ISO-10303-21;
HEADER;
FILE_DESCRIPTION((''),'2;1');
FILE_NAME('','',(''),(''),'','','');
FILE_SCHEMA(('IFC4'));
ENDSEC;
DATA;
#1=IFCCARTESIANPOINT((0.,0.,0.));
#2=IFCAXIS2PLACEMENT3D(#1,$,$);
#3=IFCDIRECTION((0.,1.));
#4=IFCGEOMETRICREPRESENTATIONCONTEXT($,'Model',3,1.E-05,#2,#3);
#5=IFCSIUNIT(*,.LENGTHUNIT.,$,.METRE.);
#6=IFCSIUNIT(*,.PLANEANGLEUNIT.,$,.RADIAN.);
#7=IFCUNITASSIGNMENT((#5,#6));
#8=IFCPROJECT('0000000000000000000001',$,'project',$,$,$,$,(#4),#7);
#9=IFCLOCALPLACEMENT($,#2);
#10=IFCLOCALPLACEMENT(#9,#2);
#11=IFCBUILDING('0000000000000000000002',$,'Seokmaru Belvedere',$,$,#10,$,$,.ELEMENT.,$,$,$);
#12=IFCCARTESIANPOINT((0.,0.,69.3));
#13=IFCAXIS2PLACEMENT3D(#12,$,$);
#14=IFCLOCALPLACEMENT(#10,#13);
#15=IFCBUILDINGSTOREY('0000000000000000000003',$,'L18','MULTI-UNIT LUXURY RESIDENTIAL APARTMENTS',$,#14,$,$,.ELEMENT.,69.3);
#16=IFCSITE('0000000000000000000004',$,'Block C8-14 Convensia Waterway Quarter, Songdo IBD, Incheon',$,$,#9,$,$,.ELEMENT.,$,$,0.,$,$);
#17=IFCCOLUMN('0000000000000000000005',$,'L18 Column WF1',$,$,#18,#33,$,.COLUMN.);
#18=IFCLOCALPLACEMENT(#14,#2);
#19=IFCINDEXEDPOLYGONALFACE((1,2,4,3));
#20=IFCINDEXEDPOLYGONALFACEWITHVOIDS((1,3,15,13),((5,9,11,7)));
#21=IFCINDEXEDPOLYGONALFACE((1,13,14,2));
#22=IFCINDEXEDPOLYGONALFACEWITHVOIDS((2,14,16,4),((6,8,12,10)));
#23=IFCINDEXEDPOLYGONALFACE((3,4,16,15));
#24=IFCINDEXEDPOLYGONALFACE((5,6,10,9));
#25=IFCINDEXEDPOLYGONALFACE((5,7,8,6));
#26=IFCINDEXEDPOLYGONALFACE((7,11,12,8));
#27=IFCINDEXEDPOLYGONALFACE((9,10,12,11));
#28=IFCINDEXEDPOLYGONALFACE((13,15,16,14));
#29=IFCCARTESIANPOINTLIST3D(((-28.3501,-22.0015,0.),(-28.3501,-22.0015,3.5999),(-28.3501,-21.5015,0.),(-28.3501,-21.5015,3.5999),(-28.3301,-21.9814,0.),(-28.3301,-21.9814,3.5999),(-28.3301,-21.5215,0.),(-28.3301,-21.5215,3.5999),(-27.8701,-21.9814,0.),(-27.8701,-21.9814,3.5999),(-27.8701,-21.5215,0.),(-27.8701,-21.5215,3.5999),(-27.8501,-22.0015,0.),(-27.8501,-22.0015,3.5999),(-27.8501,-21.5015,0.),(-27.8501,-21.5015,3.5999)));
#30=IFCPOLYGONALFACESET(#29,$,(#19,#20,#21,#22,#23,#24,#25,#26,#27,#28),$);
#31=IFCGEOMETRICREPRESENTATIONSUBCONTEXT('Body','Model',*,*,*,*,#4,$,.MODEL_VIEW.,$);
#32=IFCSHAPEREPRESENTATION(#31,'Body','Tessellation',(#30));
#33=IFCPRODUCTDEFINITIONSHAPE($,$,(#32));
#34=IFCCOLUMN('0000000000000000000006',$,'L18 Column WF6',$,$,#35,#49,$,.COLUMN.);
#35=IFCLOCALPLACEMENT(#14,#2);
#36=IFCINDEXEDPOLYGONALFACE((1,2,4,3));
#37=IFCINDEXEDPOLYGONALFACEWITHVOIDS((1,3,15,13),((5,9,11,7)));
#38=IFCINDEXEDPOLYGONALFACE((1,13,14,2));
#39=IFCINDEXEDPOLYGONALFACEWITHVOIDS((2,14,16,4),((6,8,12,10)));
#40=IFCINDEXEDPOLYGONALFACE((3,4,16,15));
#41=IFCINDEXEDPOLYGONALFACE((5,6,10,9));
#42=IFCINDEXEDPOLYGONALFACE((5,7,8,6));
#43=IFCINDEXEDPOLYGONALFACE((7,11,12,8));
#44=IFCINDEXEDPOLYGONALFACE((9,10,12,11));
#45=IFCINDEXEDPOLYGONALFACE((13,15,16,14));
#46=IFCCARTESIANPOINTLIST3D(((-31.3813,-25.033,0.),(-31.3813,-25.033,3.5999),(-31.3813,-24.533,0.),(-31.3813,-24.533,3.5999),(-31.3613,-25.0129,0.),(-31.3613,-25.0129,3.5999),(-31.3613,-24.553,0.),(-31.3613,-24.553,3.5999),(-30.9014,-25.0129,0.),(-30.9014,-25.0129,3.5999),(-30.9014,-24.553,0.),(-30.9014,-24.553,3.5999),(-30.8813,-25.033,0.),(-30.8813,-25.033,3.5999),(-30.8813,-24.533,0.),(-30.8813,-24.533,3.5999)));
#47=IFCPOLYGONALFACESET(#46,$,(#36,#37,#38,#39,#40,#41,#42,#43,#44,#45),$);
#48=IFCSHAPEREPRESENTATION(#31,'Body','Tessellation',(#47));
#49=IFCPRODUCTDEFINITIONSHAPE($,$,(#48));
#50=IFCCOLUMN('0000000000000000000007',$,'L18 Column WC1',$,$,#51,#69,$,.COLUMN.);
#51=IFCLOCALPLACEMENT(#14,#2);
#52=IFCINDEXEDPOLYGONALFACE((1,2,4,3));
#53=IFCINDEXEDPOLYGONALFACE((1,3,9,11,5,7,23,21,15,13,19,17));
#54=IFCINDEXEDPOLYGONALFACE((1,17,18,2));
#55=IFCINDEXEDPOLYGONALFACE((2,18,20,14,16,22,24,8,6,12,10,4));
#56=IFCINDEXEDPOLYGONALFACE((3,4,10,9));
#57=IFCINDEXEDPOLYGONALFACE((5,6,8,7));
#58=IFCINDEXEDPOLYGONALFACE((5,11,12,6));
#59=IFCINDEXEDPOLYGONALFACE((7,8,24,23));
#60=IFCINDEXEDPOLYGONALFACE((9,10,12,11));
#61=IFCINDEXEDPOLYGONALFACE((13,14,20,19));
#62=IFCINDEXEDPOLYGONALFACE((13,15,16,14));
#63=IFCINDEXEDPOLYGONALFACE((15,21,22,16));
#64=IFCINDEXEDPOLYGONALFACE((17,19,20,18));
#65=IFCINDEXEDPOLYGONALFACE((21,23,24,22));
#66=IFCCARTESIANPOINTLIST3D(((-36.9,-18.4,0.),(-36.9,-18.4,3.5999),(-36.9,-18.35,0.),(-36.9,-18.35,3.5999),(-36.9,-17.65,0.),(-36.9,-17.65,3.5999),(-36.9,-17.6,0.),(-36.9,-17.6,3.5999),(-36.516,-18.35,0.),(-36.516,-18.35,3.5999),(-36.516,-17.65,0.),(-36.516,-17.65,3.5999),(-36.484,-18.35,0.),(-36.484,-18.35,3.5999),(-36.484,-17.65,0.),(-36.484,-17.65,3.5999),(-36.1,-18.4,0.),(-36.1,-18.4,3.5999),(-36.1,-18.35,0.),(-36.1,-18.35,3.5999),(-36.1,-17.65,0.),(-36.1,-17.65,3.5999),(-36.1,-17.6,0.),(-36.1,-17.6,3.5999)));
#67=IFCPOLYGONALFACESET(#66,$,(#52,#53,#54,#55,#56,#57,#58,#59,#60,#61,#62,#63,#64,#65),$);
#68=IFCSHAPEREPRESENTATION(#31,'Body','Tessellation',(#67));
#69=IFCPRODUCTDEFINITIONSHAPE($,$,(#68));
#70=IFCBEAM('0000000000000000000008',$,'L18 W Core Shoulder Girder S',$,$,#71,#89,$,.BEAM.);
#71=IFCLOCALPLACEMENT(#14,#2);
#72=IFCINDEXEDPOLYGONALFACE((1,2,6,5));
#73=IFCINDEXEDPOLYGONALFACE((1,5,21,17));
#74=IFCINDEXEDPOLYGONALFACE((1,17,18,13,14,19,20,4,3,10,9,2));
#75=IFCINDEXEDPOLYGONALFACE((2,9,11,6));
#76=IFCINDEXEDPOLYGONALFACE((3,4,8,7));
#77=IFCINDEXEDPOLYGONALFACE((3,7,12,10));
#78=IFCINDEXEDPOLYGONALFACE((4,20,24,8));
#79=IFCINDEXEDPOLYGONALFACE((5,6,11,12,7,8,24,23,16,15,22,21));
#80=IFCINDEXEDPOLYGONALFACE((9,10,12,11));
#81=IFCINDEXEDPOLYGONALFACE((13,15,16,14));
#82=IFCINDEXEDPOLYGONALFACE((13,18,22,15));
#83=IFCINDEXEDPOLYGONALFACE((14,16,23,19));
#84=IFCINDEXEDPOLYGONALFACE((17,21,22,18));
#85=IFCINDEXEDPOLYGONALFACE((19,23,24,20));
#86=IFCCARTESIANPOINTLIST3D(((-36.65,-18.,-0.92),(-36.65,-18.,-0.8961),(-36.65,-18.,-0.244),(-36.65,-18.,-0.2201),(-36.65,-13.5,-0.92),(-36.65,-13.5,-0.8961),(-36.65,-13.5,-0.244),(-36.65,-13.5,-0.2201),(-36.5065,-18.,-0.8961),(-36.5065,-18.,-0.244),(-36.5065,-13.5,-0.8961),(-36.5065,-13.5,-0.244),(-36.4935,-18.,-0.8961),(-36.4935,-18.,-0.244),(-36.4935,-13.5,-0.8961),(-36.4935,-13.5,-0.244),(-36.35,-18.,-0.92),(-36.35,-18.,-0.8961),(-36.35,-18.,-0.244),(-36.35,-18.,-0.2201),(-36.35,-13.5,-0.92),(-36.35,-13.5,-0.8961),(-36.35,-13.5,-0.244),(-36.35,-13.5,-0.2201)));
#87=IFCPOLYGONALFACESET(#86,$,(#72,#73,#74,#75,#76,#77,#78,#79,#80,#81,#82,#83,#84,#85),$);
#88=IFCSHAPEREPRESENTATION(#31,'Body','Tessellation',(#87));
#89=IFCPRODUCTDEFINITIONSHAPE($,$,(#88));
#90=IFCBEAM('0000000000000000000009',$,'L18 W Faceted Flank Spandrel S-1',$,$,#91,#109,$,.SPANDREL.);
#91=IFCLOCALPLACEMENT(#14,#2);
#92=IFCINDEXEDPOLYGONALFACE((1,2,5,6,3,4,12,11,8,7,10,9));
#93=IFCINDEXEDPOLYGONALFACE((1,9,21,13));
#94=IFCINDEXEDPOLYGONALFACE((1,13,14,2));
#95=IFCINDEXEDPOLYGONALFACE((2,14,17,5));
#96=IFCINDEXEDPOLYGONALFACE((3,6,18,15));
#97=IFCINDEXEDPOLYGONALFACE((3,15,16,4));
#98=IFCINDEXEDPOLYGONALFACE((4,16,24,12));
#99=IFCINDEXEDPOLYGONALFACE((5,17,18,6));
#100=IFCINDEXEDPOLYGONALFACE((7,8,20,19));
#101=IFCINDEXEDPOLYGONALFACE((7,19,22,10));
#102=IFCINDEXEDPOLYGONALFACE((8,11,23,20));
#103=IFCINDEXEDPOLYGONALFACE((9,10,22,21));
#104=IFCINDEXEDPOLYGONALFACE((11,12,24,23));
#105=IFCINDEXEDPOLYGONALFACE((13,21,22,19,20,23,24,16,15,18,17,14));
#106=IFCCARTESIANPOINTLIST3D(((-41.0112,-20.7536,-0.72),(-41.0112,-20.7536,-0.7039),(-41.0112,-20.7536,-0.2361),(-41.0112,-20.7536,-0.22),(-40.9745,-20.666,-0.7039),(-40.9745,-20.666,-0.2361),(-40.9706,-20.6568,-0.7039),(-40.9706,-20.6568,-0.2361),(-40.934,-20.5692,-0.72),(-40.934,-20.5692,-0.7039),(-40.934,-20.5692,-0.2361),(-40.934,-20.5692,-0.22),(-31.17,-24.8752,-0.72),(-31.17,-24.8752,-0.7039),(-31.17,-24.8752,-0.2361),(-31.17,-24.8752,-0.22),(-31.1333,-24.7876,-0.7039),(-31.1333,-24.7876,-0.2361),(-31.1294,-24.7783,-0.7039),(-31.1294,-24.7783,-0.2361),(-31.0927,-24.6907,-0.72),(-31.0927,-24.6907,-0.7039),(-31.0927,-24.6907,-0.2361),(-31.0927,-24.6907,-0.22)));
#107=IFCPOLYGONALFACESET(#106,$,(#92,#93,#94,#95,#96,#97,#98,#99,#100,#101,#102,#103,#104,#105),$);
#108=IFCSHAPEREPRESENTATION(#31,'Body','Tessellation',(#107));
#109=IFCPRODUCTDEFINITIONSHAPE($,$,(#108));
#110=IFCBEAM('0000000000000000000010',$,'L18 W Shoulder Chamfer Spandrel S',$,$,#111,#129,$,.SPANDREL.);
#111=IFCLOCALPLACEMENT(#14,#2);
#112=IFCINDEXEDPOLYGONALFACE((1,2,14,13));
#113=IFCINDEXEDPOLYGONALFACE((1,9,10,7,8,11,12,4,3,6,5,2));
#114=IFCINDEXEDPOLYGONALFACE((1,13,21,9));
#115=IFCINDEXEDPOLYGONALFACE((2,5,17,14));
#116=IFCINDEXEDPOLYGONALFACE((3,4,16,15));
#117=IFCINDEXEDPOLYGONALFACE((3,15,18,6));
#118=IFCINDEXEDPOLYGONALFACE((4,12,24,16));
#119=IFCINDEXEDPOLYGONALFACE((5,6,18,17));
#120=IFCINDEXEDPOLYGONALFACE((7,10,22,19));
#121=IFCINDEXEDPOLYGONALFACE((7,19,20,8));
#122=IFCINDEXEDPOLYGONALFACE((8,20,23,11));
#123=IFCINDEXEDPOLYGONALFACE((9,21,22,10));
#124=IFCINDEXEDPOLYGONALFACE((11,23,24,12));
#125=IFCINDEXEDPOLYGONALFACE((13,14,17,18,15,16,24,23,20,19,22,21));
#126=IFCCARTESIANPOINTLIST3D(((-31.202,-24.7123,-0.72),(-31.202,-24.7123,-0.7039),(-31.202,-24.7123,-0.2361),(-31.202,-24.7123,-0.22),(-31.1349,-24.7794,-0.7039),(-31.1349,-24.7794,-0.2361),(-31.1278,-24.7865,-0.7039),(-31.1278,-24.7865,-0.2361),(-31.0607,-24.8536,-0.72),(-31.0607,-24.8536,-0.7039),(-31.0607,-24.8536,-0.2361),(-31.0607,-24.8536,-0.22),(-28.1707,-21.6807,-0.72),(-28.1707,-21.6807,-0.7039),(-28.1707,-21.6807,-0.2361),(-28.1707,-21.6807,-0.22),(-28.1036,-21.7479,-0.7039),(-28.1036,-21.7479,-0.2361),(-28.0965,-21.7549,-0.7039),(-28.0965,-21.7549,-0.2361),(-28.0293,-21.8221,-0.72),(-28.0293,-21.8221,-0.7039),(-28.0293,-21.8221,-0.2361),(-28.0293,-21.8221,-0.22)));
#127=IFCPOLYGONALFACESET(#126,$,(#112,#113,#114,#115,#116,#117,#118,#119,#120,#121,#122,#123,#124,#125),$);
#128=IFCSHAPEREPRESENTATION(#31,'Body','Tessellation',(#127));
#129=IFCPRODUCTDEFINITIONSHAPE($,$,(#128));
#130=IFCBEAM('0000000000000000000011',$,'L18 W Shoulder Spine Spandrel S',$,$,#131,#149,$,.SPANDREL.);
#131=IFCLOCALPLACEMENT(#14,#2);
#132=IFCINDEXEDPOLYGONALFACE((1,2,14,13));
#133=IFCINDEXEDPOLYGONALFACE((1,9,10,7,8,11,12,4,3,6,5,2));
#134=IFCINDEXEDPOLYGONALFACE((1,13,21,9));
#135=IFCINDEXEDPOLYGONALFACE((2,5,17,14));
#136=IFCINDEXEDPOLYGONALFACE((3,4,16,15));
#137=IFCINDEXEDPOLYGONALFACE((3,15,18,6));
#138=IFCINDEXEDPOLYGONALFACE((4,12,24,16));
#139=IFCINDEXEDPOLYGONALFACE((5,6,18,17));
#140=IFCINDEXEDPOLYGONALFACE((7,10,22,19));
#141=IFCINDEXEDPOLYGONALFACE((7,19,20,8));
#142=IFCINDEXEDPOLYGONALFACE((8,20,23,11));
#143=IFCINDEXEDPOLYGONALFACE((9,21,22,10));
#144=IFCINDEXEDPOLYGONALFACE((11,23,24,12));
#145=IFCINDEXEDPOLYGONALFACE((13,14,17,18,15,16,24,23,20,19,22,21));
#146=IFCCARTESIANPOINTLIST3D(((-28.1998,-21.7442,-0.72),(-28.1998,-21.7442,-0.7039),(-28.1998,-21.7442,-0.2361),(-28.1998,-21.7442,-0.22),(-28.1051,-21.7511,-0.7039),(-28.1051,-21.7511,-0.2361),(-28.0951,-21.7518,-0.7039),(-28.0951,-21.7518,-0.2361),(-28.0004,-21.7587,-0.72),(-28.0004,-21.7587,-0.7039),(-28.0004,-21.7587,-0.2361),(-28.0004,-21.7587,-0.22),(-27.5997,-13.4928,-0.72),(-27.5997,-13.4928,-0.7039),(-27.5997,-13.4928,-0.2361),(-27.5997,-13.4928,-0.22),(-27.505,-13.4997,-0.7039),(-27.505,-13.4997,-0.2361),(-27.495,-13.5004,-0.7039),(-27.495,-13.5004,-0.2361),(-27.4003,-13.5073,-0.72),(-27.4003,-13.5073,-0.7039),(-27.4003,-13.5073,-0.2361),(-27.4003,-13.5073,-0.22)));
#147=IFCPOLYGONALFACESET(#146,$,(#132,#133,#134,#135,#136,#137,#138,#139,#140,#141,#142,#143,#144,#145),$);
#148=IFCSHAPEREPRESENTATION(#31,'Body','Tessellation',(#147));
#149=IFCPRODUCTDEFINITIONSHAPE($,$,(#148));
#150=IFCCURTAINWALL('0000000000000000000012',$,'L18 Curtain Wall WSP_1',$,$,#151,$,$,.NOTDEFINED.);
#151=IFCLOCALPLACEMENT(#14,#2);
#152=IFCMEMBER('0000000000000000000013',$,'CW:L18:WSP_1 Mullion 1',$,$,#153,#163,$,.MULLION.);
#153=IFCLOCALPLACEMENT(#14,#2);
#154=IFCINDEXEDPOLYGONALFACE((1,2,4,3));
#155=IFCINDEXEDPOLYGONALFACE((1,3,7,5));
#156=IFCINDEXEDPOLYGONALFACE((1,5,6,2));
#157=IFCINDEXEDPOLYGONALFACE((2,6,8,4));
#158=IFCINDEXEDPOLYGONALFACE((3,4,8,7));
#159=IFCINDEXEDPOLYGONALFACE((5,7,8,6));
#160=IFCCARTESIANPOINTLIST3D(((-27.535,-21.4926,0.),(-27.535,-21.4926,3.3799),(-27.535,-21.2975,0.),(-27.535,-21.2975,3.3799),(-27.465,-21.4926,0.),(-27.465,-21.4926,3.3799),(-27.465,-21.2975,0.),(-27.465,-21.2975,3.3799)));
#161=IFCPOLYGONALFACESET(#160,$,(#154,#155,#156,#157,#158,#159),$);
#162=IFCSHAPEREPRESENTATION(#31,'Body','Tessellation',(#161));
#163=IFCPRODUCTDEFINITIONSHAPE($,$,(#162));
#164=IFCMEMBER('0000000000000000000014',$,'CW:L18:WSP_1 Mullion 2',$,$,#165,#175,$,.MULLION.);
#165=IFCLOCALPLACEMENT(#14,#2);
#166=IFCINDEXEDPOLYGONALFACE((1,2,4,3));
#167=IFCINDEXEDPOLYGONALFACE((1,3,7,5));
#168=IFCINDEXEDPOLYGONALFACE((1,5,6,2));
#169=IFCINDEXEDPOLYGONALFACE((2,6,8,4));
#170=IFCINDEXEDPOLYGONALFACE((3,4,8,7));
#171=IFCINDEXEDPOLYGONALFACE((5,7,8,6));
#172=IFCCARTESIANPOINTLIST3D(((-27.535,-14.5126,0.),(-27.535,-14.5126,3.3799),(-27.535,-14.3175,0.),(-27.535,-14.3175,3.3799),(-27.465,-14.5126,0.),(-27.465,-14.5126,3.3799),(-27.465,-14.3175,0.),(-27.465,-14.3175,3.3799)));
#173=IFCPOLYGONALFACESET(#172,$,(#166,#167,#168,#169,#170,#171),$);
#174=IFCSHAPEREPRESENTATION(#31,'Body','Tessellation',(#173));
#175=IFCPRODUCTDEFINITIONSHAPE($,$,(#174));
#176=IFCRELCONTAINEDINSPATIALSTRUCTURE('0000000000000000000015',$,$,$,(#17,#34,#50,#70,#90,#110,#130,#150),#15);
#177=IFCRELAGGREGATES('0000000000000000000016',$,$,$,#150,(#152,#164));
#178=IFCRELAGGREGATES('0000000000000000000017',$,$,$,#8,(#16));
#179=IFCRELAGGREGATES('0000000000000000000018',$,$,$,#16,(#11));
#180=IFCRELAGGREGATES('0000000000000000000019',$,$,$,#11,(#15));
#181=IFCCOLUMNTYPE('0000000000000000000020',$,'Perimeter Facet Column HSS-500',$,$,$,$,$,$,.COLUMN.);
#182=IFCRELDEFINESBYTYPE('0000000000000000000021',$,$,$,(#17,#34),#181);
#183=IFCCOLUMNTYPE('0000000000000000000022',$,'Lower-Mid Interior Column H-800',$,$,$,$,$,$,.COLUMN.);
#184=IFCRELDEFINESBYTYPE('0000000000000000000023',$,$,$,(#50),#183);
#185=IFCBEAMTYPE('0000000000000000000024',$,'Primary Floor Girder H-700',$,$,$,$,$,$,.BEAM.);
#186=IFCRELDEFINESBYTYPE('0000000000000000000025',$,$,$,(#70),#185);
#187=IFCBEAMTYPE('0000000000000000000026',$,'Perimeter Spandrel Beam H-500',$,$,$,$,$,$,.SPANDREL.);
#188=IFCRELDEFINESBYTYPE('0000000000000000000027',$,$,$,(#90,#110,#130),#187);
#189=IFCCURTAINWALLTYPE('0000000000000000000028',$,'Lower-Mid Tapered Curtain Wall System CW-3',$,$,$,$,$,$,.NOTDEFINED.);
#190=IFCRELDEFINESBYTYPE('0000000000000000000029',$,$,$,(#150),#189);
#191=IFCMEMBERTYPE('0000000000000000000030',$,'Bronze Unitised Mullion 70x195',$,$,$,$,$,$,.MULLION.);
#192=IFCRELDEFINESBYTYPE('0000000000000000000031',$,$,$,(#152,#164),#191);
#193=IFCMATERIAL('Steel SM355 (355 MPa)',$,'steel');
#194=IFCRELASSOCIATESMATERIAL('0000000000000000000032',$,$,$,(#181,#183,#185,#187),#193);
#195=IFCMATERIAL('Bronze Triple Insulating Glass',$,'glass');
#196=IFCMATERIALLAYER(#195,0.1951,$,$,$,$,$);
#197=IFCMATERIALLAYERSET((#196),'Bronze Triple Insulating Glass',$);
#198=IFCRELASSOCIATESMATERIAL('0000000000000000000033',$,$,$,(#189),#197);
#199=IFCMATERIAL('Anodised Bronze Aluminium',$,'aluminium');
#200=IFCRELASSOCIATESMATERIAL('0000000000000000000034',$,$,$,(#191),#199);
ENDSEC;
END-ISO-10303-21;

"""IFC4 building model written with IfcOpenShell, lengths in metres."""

from ifc_helpers import new_model, si_unit, direction, frame, origin, origin_2d, place, context, subcontext, project, spatial, rectangle, hollow_rectangle, i_section, extrude, source, transform, mapped, material, layer, layer_set, material_profile, profile_set, type_object, type_shapes, element, aggregate, save


model = new_model("IFC4")

# Units and contexts
model_context = context("Model", 3, precision=1e-05, world=origin(), true_north=direction((0.0, 1.0)))
body_context = subcontext(model_context, "Body", "Model", "MODEL_VIEW")
ifc_project = project(units=[si_unit("LENGTHUNIT", "METRE"), si_unit("PLANEANGLEUNIT", "RADIAN")], contexts=[model_context])

# Site, building, storey
site_placement = place(None, origin())
site = spatial("IfcSite", under=ifc_project, at=site_placement, Name="Block C8-14 Convensia Waterway Quarter, Songdo IBD, Incheon", CompositionType="ELEMENT", RefElevation=0.0)
building_placement = place(site_placement, origin())
building = spatial("IfcBuilding", under=site, at=building_placement, Name="Seokmaru Belvedere", CompositionType="ELEMENT")
storey_placement = place(building_placement, frame((0.0, 0.0, 69.3)))
storey = spatial("IfcBuildingStorey", under=building, at=storey_placement, Name="L18", Description="MULTI-UNIT LUXURY RESIDENTIAL APARTMENTS", CompositionType="ELEMENT", Elevation=69.3)

# Columns
ifc_material_1 = material(Name="Steel SM355 (355 MPa)", Category="steel")
ifc_material_profile_1 = material_profile(ifc_material_1, hollow_rectangle(XDim=0.5, YDim=0.5, WallThickness=0.02, at=origin_2d()), Name="HSS-500x500x20")
ifc_profile_set_1 = profile_set([ifc_material_profile_1], Name="Steel SM355 (355 MPa)")
column_type_1 = type_object("IfcColumnType", Name="Perimeter Facet Column HSS-500", PredefinedType="COLUMN", material=ifc_profile_set_1)
shared_shape_1 = source(origin(), body_context, "Body", "SweptSolid", [
    extrude(hollow_rectangle(XDim=0.5, YDim=0.5, WallThickness=0.02, at=origin_2d()), origin(), (0.0, 0.0, 1.0), 3.5999),
])
type_shapes(column_type_1, [shared_shape_1])
for number, where, z_axis, x_axis, name in (
    (1, (-28.1001, -21.7515, 0.0), (0.0, 0.0, 1.0), (1.0, 0.0, 0.0), "L18 Column WF1"),
    (2, (-31.1313, -24.783, 0.0), (0.0, 0.0, 1.0), (1.0, 0.0, 0.0), "L18 Column WF6"),
):
    element("IfcColumn", number, at=place(storey_placement, frame(where, z_axis=z_axis, x_axis=x_axis)), inside=storey, type_object=column_type_1, Name=name, PredefinedType="COLUMN", context=body_context, shape_type="MappedRepresentation", body=[
        mapped(shared_shape_1, transform((0.0, 0.0, 0.0), scale=1.0)),
    ])
ifc_material_profile_2 = material_profile(ifc_material_1, i_section(OverallWidth=0.8, OverallDepth=0.8, WebThickness=0.032, FlangeThickness=0.05, at=origin_2d()), Name="H-800x800x32x50")
ifc_profile_set_2 = profile_set([ifc_material_profile_2], Name="Steel SM355 (355 MPa)")
column_type_2 = type_object("IfcColumnType", Name="Lower-Mid Interior Column H-800", PredefinedType="COLUMN", material=ifc_profile_set_2)
shared_shape_2 = source(origin(), body_context, "Body", "SweptSolid", [
    extrude(i_section(OverallWidth=0.8, OverallDepth=0.8, WebThickness=0.032, FlangeThickness=0.05, at=origin_2d()), origin(), (0.0, 0.0, 1.0), 3.5999),
])
type_shapes(column_type_2, [shared_shape_2])
column_placement = place(storey_placement, frame((-36.5, -18.0, 0.0), z_axis=(0.0, 0.0, 1.0), x_axis=(1.0, 0.0, 0.0)))
element("IfcColumn", 3, at=column_placement, inside=storey, type_object=column_type_2, Name="L18 Column WC1", PredefinedType="COLUMN", context=body_context, shape_type="MappedRepresentation", body=[
    mapped(shared_shape_2, transform((0.0, 0.0, 0.0), scale=1.0)),
])

# Beams
ifc_material_profile_3 = material_profile(ifc_material_1, i_section(OverallWidth=0.3, OverallDepth=0.7, WebThickness=0.0129, FlangeThickness=0.0239, at=origin_2d()), Name="H-700x300x13x24")
ifc_profile_set_3 = profile_set([ifc_material_profile_3], Name="Steel SM355 (355 MPa)")
beam_type_1 = type_object("IfcBeamType", Name="Primary Floor Girder H-700", PredefinedType="BEAM", material=ifc_profile_set_3)
shared_shape_3 = source(origin(), body_context, "Body", "SweptSolid", [
    extrude(i_section(OverallWidth=0.3, OverallDepth=0.7, WebThickness=0.0129, FlangeThickness=0.0239, at=origin_2d()), origin(), (0.0, 0.0, 1.0), 4.5),
])
type_shapes(beam_type_1, [shared_shape_3])
beam_1_placement = place(storey_placement, frame((-36.5, -18.0, -0.5701), z_axis=(0.0, 1.0, 0.0), x_axis=(-1.0, 0.0, 0.0)))
element("IfcBeam", 4, at=beam_1_placement, inside=storey, type_object=beam_type_1, Name="L18 W Core Shoulder Girder S", PredefinedType="BEAM", context=body_context, shape_type="MappedRepresentation", body=[
    mapped(shared_shape_3, transform((0.0, 0.0, 0.0), scale=1.0)),
])
ifc_material_profile_4 = material_profile(ifc_material_1, i_section(OverallWidth=0.2, OverallDepth=0.5, WebThickness=0.01, FlangeThickness=0.0161, at=origin_2d()), Name="H-500x200x10x16")
ifc_profile_set_4 = profile_set([ifc_material_profile_4], Name="Steel SM355 (355 MPa)")
beam_type_2 = type_object("IfcBeamType", Name="Perimeter Spandrel Beam H-500", PredefinedType="SPANDREL", material=ifc_profile_set_4)
shared_shape_4 = source(origin(), body_context, "Body", "SweptSolid", [
    extrude(i_section(OverallWidth=0.2, OverallDepth=0.5, WebThickness=0.01, FlangeThickness=0.0161, at=origin_2d()), origin(), (0.0, 0.0, 1.0), 10.6694),
])
beam_2_placement = place(storey_placement, frame((-31.1313, -24.783, -0.47), z_axis=(-0.922375, 0.386295, 0.0), x_axis=(-0.386295, -0.922375, 0.0)))
element("IfcBeam", 5, at=beam_2_placement, inside=storey, type_object=beam_type_2, Name="L18 W Faceted Flank Spandrel S-1", PredefinedType="SPANDREL", context=body_context, shape_type="MappedRepresentation", body=[
    mapped(shared_shape_4, transform((0.0, 0.0, 0.0), scale=1.0)),
])
shared_shape_5 = source(origin(), body_context, "Body", "SweptSolid", [
    extrude(i_section(OverallWidth=0.2, OverallDepth=0.5, WebThickness=0.01, FlangeThickness=0.0161, at=origin_2d()), origin(), (0.0, 0.0, 1.0), 4.2871),
])
beam_3_placement = place(storey_placement, frame((-31.1313, -24.783, -0.47), z_axis=(0.707078, 0.707135, 0.0), x_axis=(-0.707135, 0.707078, 0.0)))
element("IfcBeam", 6, at=beam_3_placement, inside=storey, type_object=beam_type_2, Name="L18 W Shoulder Chamfer Spandrel S", PredefinedType="SPANDREL", context=body_context, shape_type="MappedRepresentation", body=[
    mapped(shared_shape_5, transform((0.0, 0.0, 0.0), scale=1.0)),
])
shared_shape_6 = source(origin(), body_context, "Body", "SweptSolid", [
    extrude(i_section(OverallWidth=0.2, OverallDepth=0.5, WebThickness=0.01, FlangeThickness=0.0161, at=origin_2d()), origin(), (0.0, 0.0, 1.0), 8.2732),
])
type_shapes(beam_type_2, [shared_shape_4, shared_shape_5, shared_shape_6])
beam_4_placement = place(storey_placement, frame((-28.1001, -21.7515, -0.47), z_axis=(0.072535, 0.997366, 0.0), x_axis=(-0.997366, 0.072535, 0.0)))
element("IfcBeam", 7, at=beam_4_placement, inside=storey, type_object=beam_type_2, Name="L18 W Shoulder Spine Spandrel S", PredefinedType="SPANDREL", context=body_context, shape_type="MappedRepresentation", body=[
    mapped(shared_shape_6, transform((0.0, 0.0, 0.0), scale=1.0)),
])

# Curtain wall, members
ifc_material_2 = material(Name="Bronze Triple Insulating Glass", Category="glass")
ifc_layer_1 = layer(ifc_material_2, 0.1951)
ifc_layer_set_1 = layer_set([ifc_layer_1], Name="Bronze Triple Insulating Glass")
curtain_wall_type = type_object("IfcCurtainWallType", Name="Lower-Mid Tapered Curtain Wall System CW-3", PredefinedType="NOTDEFINED", material=ifc_layer_set_1)
curtain_wall_1_placement = place(storey_placement, origin())
curtain_wall_1 = element("IfcCurtainWall", 8, at=curtain_wall_1_placement, inside=storey, type_object=curtain_wall_type, Name="L18 Curtain Wall WSP_1", PredefinedType="NOTDEFINED")
ifc_material_3 = material(Name="Anodised Bronze Aluminium", Category="aluminium")
ifc_material_profile_5 = material_profile(ifc_material_3, rectangle(XDim=0.0701, YDim=0.1951, at=origin_2d()), Name="CW-M-70x195")
ifc_profile_set_5 = profile_set([ifc_material_profile_5], Name="Anodised Bronze Aluminium")
member_type_1 = type_object("IfcMemberType", Name="Bronze Unitised Mullion 70x195", PredefinedType="MULLION", material=ifc_profile_set_5)
shared_shape_7 = source(origin(), body_context, "Body", "SweptSolid", [
    extrude(rectangle(XDim=0.0701, YDim=0.1951, at=origin_2d()), origin(), (0.0, 0.0, 1.0), 3.3799),
])
member_1_placement = place(storey_placement, frame((-27.5, -21.395, 0.0), z_axis=(0.0, 0.0, 1.0), x_axis=(-1.0, 0.0, 0.0)))
member_1 = element("IfcMember", 9, at=member_1_placement, type_object=member_type_1, Name="CW:L18:WSP_1 Mullion 1", PredefinedType="MULLION", context=body_context, shape_type="MappedRepresentation", body=[
    mapped(shared_shape_7, transform((0.0, 0.0, 0.0), scale=1.0)),
])
member_2_placement = place(storey_placement, frame((-27.5, -14.415, 0.0), z_axis=(0.0, 0.0, 1.0), x_axis=(-1.0, 0.0, 0.0)))
member_2 = element("IfcMember", 10, at=member_2_placement, type_object=member_type_1, Name="CW:L18:WSP_1 Mullion 2", PredefinedType="MULLION", context=body_context, shape_type="MappedRepresentation", body=[
    mapped(shared_shape_7, transform((0.0, 0.0, 0.0), scale=1.0)),
])

aggregate(curtain_wall_1, [member_1, member_2])

save(model, "model.ifc")
